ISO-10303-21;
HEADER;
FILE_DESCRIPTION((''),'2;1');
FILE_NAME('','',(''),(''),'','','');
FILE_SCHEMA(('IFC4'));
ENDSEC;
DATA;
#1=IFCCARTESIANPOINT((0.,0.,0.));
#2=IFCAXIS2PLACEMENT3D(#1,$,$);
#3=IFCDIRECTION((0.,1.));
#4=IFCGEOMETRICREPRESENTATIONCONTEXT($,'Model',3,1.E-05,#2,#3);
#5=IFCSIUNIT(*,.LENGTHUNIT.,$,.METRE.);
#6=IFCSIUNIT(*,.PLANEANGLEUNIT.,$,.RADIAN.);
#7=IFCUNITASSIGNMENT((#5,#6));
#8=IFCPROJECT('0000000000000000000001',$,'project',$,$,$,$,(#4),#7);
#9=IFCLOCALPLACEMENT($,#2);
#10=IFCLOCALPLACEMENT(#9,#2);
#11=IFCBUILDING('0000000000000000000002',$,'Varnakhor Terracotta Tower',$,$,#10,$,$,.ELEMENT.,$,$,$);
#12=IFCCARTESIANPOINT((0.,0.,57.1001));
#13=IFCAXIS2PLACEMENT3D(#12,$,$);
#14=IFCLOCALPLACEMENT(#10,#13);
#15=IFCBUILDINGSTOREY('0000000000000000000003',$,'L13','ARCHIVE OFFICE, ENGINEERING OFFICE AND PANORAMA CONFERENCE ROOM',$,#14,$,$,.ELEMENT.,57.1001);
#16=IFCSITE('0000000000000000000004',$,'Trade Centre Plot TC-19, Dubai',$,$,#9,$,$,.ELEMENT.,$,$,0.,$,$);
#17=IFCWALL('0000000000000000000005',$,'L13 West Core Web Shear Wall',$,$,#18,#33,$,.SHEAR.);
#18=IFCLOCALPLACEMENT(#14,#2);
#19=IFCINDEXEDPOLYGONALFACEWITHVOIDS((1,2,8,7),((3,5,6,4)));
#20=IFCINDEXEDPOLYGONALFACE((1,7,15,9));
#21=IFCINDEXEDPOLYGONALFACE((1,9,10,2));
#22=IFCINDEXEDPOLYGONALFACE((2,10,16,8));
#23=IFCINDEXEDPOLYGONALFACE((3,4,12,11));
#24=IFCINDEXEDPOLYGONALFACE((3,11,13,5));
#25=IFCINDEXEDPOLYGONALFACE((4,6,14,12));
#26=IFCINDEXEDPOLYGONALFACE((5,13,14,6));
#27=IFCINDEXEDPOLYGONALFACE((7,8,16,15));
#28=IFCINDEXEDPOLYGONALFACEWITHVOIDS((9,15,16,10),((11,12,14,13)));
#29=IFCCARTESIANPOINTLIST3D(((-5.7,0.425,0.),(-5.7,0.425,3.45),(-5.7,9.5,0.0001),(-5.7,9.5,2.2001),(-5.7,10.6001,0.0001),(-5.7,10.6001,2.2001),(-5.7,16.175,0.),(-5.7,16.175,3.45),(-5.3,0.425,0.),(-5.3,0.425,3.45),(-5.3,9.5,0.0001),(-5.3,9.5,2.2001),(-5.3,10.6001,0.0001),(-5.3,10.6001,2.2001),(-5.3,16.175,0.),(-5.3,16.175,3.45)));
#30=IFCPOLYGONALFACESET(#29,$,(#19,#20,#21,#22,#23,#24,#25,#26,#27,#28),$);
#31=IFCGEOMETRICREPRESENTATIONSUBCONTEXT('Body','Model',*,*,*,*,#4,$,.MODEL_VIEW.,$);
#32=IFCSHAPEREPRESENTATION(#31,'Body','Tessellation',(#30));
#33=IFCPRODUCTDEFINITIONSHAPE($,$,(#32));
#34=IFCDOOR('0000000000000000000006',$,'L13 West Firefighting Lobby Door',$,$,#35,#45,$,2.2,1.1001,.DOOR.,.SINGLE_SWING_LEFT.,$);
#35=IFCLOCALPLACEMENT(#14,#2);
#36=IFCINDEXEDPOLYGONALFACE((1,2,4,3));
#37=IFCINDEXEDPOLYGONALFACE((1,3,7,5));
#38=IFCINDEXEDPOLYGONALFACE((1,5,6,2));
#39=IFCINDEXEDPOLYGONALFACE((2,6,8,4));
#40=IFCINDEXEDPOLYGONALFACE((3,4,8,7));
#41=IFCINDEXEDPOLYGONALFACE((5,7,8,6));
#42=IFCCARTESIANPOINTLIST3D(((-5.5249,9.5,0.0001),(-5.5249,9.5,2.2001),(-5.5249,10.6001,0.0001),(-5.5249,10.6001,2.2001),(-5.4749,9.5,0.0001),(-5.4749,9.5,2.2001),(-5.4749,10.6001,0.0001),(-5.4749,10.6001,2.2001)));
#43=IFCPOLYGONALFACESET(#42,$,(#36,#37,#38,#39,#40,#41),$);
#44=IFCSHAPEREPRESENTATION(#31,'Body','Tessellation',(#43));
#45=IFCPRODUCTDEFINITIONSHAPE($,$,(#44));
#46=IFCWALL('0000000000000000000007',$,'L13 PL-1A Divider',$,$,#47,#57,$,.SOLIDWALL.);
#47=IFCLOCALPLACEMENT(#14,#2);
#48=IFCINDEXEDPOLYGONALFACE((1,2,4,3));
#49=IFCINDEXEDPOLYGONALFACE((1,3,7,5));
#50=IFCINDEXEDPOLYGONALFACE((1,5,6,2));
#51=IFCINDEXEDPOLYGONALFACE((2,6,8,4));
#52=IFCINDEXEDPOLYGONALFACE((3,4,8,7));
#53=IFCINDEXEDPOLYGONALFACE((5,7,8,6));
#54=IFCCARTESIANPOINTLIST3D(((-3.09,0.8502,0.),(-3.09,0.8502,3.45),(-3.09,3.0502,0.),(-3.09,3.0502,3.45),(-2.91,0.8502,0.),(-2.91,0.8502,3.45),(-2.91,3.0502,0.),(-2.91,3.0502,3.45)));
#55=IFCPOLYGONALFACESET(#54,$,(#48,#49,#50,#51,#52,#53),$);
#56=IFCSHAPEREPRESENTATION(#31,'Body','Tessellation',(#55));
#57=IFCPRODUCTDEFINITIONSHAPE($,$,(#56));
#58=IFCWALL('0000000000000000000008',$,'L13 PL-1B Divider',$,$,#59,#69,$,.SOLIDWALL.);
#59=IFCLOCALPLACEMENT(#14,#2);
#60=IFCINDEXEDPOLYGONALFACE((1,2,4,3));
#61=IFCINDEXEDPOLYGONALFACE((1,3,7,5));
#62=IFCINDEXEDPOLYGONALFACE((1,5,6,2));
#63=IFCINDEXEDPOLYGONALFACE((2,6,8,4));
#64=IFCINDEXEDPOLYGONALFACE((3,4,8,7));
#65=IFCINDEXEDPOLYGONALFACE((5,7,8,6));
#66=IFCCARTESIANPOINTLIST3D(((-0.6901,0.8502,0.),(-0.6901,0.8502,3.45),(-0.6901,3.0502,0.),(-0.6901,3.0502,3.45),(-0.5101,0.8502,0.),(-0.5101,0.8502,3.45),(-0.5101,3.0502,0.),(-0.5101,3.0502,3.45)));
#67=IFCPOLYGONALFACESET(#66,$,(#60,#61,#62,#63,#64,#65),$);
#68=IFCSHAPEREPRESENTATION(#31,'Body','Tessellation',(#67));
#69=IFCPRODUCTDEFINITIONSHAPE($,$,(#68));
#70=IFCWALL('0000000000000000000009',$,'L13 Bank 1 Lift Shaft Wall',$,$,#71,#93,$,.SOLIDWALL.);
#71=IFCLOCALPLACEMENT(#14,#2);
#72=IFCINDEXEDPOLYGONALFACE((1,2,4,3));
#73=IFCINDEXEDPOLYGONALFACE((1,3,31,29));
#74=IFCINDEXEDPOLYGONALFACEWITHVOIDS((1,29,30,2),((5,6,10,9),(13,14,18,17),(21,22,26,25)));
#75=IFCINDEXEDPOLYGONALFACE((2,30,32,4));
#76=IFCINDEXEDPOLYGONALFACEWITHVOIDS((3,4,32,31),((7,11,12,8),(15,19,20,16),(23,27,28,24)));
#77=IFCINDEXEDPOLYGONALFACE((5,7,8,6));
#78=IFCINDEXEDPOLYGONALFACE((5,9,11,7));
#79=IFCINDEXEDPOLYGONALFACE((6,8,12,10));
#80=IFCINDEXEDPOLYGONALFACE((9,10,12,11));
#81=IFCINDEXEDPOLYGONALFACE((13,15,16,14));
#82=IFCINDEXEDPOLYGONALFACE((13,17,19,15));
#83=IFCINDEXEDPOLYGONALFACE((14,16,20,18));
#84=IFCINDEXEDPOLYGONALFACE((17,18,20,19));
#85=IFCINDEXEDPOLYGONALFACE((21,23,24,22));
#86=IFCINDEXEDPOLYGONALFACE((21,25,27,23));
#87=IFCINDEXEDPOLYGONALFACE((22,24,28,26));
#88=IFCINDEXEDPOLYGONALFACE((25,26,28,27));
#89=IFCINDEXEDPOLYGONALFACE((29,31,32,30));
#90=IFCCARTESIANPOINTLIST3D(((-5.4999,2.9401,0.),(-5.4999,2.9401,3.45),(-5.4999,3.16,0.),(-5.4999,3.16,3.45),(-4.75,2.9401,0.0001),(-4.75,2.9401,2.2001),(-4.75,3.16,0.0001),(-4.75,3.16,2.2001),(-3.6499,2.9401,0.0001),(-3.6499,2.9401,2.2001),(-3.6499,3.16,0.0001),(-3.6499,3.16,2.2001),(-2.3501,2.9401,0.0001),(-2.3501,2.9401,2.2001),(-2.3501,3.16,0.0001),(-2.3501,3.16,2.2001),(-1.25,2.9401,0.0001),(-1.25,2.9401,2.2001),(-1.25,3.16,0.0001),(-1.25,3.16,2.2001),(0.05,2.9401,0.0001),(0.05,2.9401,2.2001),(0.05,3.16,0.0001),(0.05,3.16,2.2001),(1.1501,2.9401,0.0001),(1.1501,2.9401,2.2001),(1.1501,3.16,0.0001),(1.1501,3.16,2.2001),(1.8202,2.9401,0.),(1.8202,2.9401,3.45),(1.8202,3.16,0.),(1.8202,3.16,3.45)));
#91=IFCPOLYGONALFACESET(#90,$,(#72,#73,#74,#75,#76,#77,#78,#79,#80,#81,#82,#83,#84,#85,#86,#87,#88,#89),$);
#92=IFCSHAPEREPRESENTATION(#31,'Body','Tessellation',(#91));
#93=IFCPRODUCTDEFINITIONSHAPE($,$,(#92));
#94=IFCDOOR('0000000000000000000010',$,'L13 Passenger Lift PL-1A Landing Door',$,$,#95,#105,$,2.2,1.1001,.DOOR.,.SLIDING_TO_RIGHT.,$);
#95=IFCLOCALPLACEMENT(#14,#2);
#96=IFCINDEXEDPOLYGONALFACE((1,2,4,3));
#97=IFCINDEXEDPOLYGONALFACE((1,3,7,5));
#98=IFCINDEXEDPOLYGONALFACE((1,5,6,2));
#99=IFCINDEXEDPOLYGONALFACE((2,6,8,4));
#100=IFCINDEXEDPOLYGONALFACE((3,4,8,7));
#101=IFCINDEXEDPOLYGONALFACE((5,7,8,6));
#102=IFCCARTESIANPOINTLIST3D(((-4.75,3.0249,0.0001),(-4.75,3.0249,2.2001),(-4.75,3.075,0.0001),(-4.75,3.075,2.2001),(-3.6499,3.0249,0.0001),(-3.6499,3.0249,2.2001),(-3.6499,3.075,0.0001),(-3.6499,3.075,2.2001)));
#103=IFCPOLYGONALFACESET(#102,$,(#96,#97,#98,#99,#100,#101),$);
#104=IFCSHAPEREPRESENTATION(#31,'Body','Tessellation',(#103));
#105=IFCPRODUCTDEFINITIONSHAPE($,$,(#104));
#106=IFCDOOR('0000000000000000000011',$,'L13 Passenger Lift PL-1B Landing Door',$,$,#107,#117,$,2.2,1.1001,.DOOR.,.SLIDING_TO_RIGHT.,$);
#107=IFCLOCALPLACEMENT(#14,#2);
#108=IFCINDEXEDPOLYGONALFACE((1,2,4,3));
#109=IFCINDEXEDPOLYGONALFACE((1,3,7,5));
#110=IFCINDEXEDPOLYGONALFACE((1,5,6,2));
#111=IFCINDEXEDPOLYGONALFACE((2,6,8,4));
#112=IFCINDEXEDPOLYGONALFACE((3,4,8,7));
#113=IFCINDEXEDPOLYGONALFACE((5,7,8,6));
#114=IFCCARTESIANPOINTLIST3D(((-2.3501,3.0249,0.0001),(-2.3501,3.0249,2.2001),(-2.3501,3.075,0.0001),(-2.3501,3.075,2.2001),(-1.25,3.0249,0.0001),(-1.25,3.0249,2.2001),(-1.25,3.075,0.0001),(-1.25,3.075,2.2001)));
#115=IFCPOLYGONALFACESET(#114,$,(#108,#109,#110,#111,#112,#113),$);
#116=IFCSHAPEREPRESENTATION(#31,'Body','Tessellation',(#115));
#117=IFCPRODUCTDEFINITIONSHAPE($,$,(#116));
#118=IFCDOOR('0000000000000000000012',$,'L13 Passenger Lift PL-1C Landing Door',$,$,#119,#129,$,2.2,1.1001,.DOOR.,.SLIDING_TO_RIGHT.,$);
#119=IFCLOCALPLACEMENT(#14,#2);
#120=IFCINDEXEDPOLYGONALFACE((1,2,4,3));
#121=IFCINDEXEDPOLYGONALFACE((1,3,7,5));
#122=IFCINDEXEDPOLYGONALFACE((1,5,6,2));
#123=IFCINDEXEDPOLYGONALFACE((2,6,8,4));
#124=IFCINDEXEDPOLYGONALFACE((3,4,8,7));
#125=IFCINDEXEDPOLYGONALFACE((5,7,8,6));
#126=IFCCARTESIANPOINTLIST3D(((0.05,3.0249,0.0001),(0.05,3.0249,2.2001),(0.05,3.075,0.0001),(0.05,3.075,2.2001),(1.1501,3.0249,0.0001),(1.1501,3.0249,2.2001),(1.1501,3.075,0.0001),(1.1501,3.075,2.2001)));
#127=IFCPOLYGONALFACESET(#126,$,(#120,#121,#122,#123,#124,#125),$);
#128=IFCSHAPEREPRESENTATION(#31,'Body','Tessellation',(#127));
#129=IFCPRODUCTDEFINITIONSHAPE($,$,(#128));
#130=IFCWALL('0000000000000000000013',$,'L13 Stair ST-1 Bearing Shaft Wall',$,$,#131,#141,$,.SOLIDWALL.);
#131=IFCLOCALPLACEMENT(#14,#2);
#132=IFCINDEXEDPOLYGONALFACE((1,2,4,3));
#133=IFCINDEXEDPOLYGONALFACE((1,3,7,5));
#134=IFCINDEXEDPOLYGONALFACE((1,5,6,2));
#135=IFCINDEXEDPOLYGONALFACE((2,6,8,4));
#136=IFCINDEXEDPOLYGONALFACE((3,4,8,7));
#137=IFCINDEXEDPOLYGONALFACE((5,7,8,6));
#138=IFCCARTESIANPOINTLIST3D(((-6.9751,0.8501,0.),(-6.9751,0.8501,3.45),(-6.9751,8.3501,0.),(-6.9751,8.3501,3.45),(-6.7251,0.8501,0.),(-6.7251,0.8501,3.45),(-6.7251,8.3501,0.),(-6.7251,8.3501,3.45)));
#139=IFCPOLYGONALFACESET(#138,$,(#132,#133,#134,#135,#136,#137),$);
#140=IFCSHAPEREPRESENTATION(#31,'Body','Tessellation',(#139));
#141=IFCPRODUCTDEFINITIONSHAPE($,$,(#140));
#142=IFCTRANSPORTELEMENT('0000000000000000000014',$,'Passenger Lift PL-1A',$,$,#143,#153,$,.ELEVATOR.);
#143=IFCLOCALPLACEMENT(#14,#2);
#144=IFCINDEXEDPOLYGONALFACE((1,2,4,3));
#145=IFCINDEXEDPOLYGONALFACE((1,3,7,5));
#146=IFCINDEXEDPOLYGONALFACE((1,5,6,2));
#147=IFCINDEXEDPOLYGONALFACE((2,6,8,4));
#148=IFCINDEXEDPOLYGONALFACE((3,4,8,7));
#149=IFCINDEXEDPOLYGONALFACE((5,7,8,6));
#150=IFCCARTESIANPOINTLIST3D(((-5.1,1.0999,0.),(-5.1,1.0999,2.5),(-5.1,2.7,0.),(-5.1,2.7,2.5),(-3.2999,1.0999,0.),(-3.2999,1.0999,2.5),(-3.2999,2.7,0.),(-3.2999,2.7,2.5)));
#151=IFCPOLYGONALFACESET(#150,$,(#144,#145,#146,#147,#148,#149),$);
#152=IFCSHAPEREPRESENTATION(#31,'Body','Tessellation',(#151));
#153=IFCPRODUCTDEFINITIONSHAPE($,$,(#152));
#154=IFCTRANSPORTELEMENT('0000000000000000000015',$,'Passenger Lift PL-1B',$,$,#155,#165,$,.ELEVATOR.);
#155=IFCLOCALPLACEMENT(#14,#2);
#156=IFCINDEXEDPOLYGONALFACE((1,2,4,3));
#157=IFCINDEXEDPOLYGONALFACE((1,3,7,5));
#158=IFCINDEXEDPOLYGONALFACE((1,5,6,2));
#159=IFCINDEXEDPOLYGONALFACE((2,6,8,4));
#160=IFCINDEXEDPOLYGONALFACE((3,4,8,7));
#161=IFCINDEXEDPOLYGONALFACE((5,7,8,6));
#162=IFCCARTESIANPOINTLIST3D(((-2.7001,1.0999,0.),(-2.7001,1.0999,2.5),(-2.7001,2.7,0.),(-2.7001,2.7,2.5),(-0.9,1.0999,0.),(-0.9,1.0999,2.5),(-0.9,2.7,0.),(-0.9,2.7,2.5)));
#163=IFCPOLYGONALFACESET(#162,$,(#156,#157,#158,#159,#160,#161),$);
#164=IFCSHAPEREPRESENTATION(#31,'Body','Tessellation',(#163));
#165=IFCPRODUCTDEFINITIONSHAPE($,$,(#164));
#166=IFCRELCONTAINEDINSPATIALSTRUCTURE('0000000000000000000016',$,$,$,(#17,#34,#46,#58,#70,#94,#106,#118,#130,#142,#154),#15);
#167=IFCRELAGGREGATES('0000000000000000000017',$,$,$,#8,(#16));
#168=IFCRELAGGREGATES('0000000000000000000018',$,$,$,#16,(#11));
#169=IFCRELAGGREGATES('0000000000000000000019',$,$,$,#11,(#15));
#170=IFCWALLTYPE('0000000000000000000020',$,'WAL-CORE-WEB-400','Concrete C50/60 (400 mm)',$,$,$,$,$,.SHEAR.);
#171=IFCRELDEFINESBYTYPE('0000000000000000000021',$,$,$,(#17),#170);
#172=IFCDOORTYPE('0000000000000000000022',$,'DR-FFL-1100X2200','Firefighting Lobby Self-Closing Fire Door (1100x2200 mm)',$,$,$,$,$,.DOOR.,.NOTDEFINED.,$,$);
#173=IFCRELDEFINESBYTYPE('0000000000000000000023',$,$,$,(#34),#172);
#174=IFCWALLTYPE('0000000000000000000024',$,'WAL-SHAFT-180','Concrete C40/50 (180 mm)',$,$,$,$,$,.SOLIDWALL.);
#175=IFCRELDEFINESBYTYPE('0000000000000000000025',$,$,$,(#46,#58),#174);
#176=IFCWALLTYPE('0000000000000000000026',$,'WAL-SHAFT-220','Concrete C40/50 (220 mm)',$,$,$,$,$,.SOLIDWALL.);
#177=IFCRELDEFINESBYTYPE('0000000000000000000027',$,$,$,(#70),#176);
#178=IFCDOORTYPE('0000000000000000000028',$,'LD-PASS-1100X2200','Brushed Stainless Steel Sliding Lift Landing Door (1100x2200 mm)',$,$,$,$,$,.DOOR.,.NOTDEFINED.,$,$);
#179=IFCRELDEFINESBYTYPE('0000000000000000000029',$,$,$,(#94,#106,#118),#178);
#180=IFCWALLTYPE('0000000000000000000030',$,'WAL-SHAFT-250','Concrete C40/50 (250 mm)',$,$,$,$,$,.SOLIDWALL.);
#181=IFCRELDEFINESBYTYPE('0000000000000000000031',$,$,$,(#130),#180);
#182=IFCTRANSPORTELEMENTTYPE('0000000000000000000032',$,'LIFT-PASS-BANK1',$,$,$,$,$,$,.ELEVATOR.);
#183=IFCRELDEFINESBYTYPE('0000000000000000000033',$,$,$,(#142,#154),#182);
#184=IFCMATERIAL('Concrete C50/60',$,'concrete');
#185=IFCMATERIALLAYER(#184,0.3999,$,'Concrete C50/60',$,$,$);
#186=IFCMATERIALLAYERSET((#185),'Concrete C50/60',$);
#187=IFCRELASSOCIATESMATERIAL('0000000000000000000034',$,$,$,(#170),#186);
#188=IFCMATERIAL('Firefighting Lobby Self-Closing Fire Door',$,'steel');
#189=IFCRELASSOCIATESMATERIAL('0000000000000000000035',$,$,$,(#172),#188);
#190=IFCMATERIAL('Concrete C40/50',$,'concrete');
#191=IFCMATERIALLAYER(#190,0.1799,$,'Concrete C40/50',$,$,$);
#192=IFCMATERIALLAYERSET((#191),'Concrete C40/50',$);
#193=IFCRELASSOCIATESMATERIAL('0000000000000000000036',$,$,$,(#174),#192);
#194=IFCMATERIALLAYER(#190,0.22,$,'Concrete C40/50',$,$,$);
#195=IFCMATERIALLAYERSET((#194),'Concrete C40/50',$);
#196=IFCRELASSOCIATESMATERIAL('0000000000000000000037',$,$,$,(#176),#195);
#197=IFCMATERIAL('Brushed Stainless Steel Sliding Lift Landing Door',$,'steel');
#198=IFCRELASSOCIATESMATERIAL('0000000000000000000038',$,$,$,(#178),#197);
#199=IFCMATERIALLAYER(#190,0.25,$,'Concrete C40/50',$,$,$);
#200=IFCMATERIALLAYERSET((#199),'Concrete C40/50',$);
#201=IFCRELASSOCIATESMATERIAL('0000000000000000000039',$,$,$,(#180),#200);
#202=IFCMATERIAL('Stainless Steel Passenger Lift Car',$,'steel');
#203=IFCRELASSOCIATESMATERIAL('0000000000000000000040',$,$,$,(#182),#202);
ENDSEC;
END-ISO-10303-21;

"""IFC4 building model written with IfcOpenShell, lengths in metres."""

from ifc_helpers import new_model, si_unit, direction, frame, frame_2d, origin, origin_2d, place, context, subcontext, project, spatial, rectangle, extrude, source, transform, mapped, material, layer, layer_set, type_object, type_shapes, element, fill, save


model = new_model("IFC4")

# Units and contexts
model_context = context("Model", 3, precision=1e-05, world=origin(), true_north=direction((0.0, 1.0)))
body_context = subcontext(model_context, "Body", "Model", "MODEL_VIEW")
ifc_project = project(units=[si_unit("LENGTHUNIT", "METRE"), si_unit("PLANEANGLEUNIT", "RADIAN")], contexts=[model_context])

# Site, building, storey
site_placement = place(None, origin())
site = spatial("IfcSite", under=ifc_project, at=site_placement, Name="Trade Centre Plot TC-19, Dubai", CompositionType="ELEMENT", RefElevation=0.0)
building_placement = place(site_placement, origin())
building = spatial("IfcBuilding", under=site, at=building_placement, Name="Varnakhor Terracotta Tower", CompositionType="ELEMENT")
storey_placement = place(building_placement, frame((0.0, 0.0, 57.1001)))
storey = spatial("IfcBuildingStorey", under=building, at=storey_placement, Name="L13", Description="ARCHIVE OFFICE, ENGINEERING OFFICE AND PANORAMA CONFERENCE ROOM", CompositionType="ELEMENT", Elevation=57.1001)

# Shared definitions
ifc_material_1 = material(Name="Concrete C50/60", Category="concrete")

# Wall, opening, door
ifc_layer_1 = layer(ifc_material_1, 0.3999, Name="Concrete C50/60")
ifc_layer_set_1 = layer_set([ifc_layer_1], Name="Concrete C50/60")
wall_type_1 = type_object("IfcWallType", Name="WAL-CORE-WEB-400", Description="Concrete C50/60 (400 mm)", PredefinedType="SHEAR", material=ifc_layer_set_1)
wall_1_placement = place(storey_placement, frame((-5.5, 0.425, 0.0), z_axis=(0.0, 0.0, 1.0), x_axis=(0.0, 1.0, 0.0)))
wall_1 = element("IfcWall", 1, at=wall_1_placement, inside=storey, type_object=wall_type_1, Name="L13 West Core Web Shear Wall", PredefinedType="SHEAR", context=body_context, shape_type="SweptSolid", body=[
    extrude(rectangle(XDim=15.75, YDim=0.3999, at=frame_2d((7.875, 0.0))), origin(), (0.0, 0.0, 1.0), 3.45),
])
opening_1_placement = place(wall_1_placement, frame((9.075, 0.0, 0.0)))
opening_1 = element("IfcOpeningElement", 2, at=opening_1_placement, cuts=wall_1, PredefinedType="OPENING", context=body_context, shape_type="SweptSolid", body=[
    extrude(rectangle(XDim=1.1001, YDim=2.2, at=frame_2d((0.55, 1.1001))), frame((0.0, 0.21, 0.0), z_axis=(0.0, -1.0, 0.0), x_axis=(1.0, 0.0, 0.0)), (0.0, 0.0, 1.0), 0.4199),
])
ifc_material_2 = material(Name="Firefighting Lobby Self-Closing Fire Door", Category="steel")
door_type_1 = type_object("IfcDoorType", Name="DR-FFL-1100X2200", Description="Firefighting Lobby Self-Closing Fire Door (1100x2200 mm)", OperationType="NOTDEFINED", PredefinedType="DOOR", material=ifc_material_2)
shared_shape_1 = source(origin(), body_context, "Body", "SweptSolid", [
    extrude(rectangle(XDim=1.1001, YDim=2.2, at=frame_2d((0.55, 1.1001))), frame((0.0, 0.0249, 0.0), z_axis=(0.0, -1.0, 0.0), x_axis=(1.0, 0.0, 0.0)), (0.0, 0.0, 1.0), 0.05),
])
type_shapes(door_type_1, [shared_shape_1])
door_1_placement = place(opening_1_placement, origin())
door_1 = element("IfcDoor", 3, at=door_1_placement, inside=storey, type_object=door_type_1, Name="L13 West Firefighting Lobby Door", OperationType="SINGLE_SWING_LEFT", OverallHeight=2.2, OverallWidth=1.1001, PredefinedType="DOOR", context=body_context, shape_type="MappedRepresentation", body=[
    mapped(shared_shape_1, transform((0.0, 0.0, 0.0), scale=1.0)),
])
fill(opening_1, door_1)

# Walls
ifc_material_3 = material(Name="Concrete C40/50", Category="concrete")
ifc_layer_2 = layer(ifc_material_3, 0.1799, Name="Concrete C40/50")
ifc_layer_set_2 = layer_set([ifc_layer_2], Name="Concrete C40/50")
wall_type_2 = type_object("IfcWallType", Name="WAL-SHAFT-180", Description="Concrete C40/50 (180 mm)", PredefinedType="SOLIDWALL", material=ifc_layer_set_2)
for number, where, z_axis, x_axis, name in (
    (4, (-3.0, 0.8501, 0.0), (0.0, 0.0, 1.0), (0.0, 1.0, 0.0), "L13 PL-1A Divider"),
    (5, (-0.6001, 0.8501, 0.0), (0.0, 0.0, 1.0), (0.0, 1.0, 0.0), "L13 PL-1B Divider"),
):
    element("IfcWall", number, at=place(storey_placement, frame(where, z_axis=z_axis, x_axis=x_axis)), inside=storey, type_object=wall_type_2, Name=name, PredefinedType="SOLIDWALL", context=body_context, shape_type="SweptSolid", body=[
        extrude(rectangle(XDim=2.2, YDim=0.1799, at=frame_2d((1.1001, 0.0))), origin(), (0.0, 0.0, 1.0), 3.45),
    ])

# Wall, openings, doors
ifc_layer_3 = layer(ifc_material_3, 0.22, Name="Concrete C40/50")
ifc_layer_set_3 = layer_set([ifc_layer_3], Name="Concrete C40/50")
wall_type_3 = type_object("IfcWallType", Name="WAL-SHAFT-220", Description="Concrete C40/50 (220 mm)", PredefinedType="SOLIDWALL", material=ifc_layer_set_3)
wall_2_placement = place(storey_placement, frame((-5.5, 3.05, 0.0), z_axis=(0.0, 0.0, 1.0), x_axis=(1.0, 0.0, 0.0)))
wall_2 = element("IfcWall", 6, at=wall_2_placement, inside=storey, type_object=wall_type_3, Name="L13 Bank 1 Lift Shaft Wall", PredefinedType="SOLIDWALL", context=body_context, shape_type="SweptSolid", body=[
    extrude(rectangle(XDim=7.3201, YDim=0.22, at=frame_2d((3.6602, 0.0))), origin(), (0.0, 0.0, 1.0), 3.45),
])
opening_2_placement = place(wall_2_placement, frame((0.75, 0.0, 0.0)))
opening_2 = element("IfcOpeningElement", 7, at=opening_2_placement, cuts=wall_2, PredefinedType="OPENING", context=body_context, shape_type="SweptSolid", body=[
    extrude(rectangle(XDim=1.1001, YDim=2.2, at=frame_2d((0.55, 1.1001))), frame((0.0, 0.1201, 0.0), z_axis=(0.0, -1.0, 0.0), x_axis=(1.0, 0.0, 0.0)), (0.0, 0.0, 1.0), 0.24),
])
opening_3_placement = place(wall_2_placement, frame((3.1499, 0.0, 0.0)))
opening_3 = element("IfcOpeningElement", 8, at=opening_3_placement, cuts=wall_2, PredefinedType="OPENING", context=body_context, shape_type="SweptSolid", body=[
    extrude(rectangle(XDim=1.1001, YDim=2.2, at=frame_2d((0.55, 1.1001))), frame((0.0, 0.1201, 0.0), z_axis=(0.0, -1.0, 0.0), x_axis=(1.0, 0.0, 0.0)), (0.0, 0.0, 1.0), 0.24),
])
opening_4_placement = place(wall_2_placement, frame((5.55, 0.0, 0.0)))
opening_4 = element("IfcOpeningElement", 9, at=opening_4_placement, cuts=wall_2, PredefinedType="OPENING", context=body_context, shape_type="SweptSolid", body=[
    extrude(rectangle(XDim=1.1001, YDim=2.2, at=frame_2d((0.55, 1.1001))), frame((0.0, 0.1201, 0.0), z_axis=(0.0, -1.0, 0.0), x_axis=(1.0, 0.0, 0.0)), (0.0, 0.0, 1.0), 0.24),
])
ifc_material_4 = material(Name="Brushed Stainless Steel Sliding Lift Landing Door", Category="steel")
door_type_2 = type_object("IfcDoorType", Name="LD-PASS-1100X2200", Description="Brushed Stainless Steel Sliding Lift Landing Door (1100x2200 mm)", OperationType="NOTDEFINED", PredefinedType="DOOR", material=ifc_material_4)
shared_shape_2 = source(origin(), body_context, "Body", "SweptSolid", [
    extrude(rectangle(XDim=1.1001, YDim=2.2, at=frame_2d((0.55, 1.1001))), frame((0.0, 0.0249, 0.0), z_axis=(0.0, -1.0, 0.0), x_axis=(1.0, 0.0, 0.0)), (0.0, 0.0, 1.0), 0.05),
])
type_shapes(door_type_2, [shared_shape_2])
door_2_placement = place(opening_2_placement, origin())
door_2 = element("IfcDoor", 10, at=door_2_placement, inside=storey, type_object=door_type_2, Name="L13 Passenger Lift PL-1A Landing Door", OperationType="SLIDING_TO_RIGHT", OverallHeight=2.2, OverallWidth=1.1001, PredefinedType="DOOR", context=body_context, shape_type="MappedRepresentation", body=[
    mapped(shared_shape_2, transform((0.0, 0.0, 0.0), scale=1.0)),
])
fill(opening_2, door_2)
door_3_placement = place(opening_3_placement, origin())
door_3 = element("IfcDoor", 11, at=door_3_placement, inside=storey, type_object=door_type_2, Name="L13 Passenger Lift PL-1B Landing Door", OperationType="SLIDING_TO_RIGHT", OverallHeight=2.2, OverallWidth=1.1001, PredefinedType="DOOR", context=body_context, shape_type="MappedRepresentation", body=[
    mapped(shared_shape_2, transform((0.0, 0.0, 0.0), scale=1.0)),
])
fill(opening_3, door_3)
door_4_placement = place(opening_4_placement, origin())
door_4 = element("IfcDoor", 12, at=door_4_placement, inside=storey, type_object=door_type_2, Name="L13 Passenger Lift PL-1C Landing Door", OperationType="SLIDING_TO_RIGHT", OverallHeight=2.2, OverallWidth=1.1001, PredefinedType="DOOR", context=body_context, shape_type="MappedRepresentation", body=[
    mapped(shared_shape_2, transform((0.0, 0.0, 0.0), scale=1.0)),
])
fill(opening_4, door_4)

# Wall
ifc_layer_4 = layer(ifc_material_3, 0.25, Name="Concrete C40/50")
ifc_layer_set_4 = layer_set([ifc_layer_4], Name="Concrete C40/50")
wall_type_4 = type_object("IfcWallType", Name="WAL-SHAFT-250", Description="Concrete C40/50 (250 mm)", PredefinedType="SOLIDWALL", material=ifc_layer_set_4)
wall_3_placement = place(storey_placement, frame((-6.8501, 0.8501, 0.0), z_axis=(0.0, 0.0, 1.0), x_axis=(0.0, 1.0, 0.0)))
element("IfcWall", 13, at=wall_3_placement, inside=storey, type_object=wall_type_4, Name="L13 Stair ST-1 Bearing Shaft Wall", PredefinedType="SOLIDWALL", context=body_context, shape_type="SweptSolid", body=[
    extrude(rectangle(XDim=7.5, YDim=0.25, at=frame_2d((3.75, 0.0))), origin(), (0.0, 0.0, 1.0), 3.45),
])

# Transport elements
ifc_material_5 = material(Name="Stainless Steel Passenger Lift Car", Category="steel")
transport_element_type = type_object("IfcTransportElementType", Name="LIFT-PASS-BANK1", PredefinedType="ELEVATOR", material=ifc_material_5)
shared_shape_3 = source(origin(), body_context, "Body", "SweptSolid", [
    extrude(rectangle(XDim=1.8, YDim=1.6001, at=origin_2d()), origin(), (0.0, 0.0, 1.0), 2.5),
])
type_shapes(transport_element_type, [shared_shape_3])
for number, where, z_axis, x_axis, name in (
    (14, (-4.2, 1.8999, 0.0), (0.0, 0.0, 1.0), (1.0, 0.0, 0.0), "Passenger Lift PL-1A"),
    (15, (-1.8, 1.8999, 0.0), (0.0, 0.0, 1.0), (1.0, 0.0, 0.0), "Passenger Lift PL-1B"),
):
    element("IfcTransportElement", number, at=place(storey_placement, frame(where, z_axis=z_axis, x_axis=x_axis)), inside=storey, type_object=transport_element_type, Name=name, PredefinedType="ELEVATOR", context=body_context, shape_type="MappedRepresentation", body=[
        mapped(shared_shape_3, transform((0.0, 0.0, 0.0), scale=1.0)),
    ])

save(model, "model.ifc")
